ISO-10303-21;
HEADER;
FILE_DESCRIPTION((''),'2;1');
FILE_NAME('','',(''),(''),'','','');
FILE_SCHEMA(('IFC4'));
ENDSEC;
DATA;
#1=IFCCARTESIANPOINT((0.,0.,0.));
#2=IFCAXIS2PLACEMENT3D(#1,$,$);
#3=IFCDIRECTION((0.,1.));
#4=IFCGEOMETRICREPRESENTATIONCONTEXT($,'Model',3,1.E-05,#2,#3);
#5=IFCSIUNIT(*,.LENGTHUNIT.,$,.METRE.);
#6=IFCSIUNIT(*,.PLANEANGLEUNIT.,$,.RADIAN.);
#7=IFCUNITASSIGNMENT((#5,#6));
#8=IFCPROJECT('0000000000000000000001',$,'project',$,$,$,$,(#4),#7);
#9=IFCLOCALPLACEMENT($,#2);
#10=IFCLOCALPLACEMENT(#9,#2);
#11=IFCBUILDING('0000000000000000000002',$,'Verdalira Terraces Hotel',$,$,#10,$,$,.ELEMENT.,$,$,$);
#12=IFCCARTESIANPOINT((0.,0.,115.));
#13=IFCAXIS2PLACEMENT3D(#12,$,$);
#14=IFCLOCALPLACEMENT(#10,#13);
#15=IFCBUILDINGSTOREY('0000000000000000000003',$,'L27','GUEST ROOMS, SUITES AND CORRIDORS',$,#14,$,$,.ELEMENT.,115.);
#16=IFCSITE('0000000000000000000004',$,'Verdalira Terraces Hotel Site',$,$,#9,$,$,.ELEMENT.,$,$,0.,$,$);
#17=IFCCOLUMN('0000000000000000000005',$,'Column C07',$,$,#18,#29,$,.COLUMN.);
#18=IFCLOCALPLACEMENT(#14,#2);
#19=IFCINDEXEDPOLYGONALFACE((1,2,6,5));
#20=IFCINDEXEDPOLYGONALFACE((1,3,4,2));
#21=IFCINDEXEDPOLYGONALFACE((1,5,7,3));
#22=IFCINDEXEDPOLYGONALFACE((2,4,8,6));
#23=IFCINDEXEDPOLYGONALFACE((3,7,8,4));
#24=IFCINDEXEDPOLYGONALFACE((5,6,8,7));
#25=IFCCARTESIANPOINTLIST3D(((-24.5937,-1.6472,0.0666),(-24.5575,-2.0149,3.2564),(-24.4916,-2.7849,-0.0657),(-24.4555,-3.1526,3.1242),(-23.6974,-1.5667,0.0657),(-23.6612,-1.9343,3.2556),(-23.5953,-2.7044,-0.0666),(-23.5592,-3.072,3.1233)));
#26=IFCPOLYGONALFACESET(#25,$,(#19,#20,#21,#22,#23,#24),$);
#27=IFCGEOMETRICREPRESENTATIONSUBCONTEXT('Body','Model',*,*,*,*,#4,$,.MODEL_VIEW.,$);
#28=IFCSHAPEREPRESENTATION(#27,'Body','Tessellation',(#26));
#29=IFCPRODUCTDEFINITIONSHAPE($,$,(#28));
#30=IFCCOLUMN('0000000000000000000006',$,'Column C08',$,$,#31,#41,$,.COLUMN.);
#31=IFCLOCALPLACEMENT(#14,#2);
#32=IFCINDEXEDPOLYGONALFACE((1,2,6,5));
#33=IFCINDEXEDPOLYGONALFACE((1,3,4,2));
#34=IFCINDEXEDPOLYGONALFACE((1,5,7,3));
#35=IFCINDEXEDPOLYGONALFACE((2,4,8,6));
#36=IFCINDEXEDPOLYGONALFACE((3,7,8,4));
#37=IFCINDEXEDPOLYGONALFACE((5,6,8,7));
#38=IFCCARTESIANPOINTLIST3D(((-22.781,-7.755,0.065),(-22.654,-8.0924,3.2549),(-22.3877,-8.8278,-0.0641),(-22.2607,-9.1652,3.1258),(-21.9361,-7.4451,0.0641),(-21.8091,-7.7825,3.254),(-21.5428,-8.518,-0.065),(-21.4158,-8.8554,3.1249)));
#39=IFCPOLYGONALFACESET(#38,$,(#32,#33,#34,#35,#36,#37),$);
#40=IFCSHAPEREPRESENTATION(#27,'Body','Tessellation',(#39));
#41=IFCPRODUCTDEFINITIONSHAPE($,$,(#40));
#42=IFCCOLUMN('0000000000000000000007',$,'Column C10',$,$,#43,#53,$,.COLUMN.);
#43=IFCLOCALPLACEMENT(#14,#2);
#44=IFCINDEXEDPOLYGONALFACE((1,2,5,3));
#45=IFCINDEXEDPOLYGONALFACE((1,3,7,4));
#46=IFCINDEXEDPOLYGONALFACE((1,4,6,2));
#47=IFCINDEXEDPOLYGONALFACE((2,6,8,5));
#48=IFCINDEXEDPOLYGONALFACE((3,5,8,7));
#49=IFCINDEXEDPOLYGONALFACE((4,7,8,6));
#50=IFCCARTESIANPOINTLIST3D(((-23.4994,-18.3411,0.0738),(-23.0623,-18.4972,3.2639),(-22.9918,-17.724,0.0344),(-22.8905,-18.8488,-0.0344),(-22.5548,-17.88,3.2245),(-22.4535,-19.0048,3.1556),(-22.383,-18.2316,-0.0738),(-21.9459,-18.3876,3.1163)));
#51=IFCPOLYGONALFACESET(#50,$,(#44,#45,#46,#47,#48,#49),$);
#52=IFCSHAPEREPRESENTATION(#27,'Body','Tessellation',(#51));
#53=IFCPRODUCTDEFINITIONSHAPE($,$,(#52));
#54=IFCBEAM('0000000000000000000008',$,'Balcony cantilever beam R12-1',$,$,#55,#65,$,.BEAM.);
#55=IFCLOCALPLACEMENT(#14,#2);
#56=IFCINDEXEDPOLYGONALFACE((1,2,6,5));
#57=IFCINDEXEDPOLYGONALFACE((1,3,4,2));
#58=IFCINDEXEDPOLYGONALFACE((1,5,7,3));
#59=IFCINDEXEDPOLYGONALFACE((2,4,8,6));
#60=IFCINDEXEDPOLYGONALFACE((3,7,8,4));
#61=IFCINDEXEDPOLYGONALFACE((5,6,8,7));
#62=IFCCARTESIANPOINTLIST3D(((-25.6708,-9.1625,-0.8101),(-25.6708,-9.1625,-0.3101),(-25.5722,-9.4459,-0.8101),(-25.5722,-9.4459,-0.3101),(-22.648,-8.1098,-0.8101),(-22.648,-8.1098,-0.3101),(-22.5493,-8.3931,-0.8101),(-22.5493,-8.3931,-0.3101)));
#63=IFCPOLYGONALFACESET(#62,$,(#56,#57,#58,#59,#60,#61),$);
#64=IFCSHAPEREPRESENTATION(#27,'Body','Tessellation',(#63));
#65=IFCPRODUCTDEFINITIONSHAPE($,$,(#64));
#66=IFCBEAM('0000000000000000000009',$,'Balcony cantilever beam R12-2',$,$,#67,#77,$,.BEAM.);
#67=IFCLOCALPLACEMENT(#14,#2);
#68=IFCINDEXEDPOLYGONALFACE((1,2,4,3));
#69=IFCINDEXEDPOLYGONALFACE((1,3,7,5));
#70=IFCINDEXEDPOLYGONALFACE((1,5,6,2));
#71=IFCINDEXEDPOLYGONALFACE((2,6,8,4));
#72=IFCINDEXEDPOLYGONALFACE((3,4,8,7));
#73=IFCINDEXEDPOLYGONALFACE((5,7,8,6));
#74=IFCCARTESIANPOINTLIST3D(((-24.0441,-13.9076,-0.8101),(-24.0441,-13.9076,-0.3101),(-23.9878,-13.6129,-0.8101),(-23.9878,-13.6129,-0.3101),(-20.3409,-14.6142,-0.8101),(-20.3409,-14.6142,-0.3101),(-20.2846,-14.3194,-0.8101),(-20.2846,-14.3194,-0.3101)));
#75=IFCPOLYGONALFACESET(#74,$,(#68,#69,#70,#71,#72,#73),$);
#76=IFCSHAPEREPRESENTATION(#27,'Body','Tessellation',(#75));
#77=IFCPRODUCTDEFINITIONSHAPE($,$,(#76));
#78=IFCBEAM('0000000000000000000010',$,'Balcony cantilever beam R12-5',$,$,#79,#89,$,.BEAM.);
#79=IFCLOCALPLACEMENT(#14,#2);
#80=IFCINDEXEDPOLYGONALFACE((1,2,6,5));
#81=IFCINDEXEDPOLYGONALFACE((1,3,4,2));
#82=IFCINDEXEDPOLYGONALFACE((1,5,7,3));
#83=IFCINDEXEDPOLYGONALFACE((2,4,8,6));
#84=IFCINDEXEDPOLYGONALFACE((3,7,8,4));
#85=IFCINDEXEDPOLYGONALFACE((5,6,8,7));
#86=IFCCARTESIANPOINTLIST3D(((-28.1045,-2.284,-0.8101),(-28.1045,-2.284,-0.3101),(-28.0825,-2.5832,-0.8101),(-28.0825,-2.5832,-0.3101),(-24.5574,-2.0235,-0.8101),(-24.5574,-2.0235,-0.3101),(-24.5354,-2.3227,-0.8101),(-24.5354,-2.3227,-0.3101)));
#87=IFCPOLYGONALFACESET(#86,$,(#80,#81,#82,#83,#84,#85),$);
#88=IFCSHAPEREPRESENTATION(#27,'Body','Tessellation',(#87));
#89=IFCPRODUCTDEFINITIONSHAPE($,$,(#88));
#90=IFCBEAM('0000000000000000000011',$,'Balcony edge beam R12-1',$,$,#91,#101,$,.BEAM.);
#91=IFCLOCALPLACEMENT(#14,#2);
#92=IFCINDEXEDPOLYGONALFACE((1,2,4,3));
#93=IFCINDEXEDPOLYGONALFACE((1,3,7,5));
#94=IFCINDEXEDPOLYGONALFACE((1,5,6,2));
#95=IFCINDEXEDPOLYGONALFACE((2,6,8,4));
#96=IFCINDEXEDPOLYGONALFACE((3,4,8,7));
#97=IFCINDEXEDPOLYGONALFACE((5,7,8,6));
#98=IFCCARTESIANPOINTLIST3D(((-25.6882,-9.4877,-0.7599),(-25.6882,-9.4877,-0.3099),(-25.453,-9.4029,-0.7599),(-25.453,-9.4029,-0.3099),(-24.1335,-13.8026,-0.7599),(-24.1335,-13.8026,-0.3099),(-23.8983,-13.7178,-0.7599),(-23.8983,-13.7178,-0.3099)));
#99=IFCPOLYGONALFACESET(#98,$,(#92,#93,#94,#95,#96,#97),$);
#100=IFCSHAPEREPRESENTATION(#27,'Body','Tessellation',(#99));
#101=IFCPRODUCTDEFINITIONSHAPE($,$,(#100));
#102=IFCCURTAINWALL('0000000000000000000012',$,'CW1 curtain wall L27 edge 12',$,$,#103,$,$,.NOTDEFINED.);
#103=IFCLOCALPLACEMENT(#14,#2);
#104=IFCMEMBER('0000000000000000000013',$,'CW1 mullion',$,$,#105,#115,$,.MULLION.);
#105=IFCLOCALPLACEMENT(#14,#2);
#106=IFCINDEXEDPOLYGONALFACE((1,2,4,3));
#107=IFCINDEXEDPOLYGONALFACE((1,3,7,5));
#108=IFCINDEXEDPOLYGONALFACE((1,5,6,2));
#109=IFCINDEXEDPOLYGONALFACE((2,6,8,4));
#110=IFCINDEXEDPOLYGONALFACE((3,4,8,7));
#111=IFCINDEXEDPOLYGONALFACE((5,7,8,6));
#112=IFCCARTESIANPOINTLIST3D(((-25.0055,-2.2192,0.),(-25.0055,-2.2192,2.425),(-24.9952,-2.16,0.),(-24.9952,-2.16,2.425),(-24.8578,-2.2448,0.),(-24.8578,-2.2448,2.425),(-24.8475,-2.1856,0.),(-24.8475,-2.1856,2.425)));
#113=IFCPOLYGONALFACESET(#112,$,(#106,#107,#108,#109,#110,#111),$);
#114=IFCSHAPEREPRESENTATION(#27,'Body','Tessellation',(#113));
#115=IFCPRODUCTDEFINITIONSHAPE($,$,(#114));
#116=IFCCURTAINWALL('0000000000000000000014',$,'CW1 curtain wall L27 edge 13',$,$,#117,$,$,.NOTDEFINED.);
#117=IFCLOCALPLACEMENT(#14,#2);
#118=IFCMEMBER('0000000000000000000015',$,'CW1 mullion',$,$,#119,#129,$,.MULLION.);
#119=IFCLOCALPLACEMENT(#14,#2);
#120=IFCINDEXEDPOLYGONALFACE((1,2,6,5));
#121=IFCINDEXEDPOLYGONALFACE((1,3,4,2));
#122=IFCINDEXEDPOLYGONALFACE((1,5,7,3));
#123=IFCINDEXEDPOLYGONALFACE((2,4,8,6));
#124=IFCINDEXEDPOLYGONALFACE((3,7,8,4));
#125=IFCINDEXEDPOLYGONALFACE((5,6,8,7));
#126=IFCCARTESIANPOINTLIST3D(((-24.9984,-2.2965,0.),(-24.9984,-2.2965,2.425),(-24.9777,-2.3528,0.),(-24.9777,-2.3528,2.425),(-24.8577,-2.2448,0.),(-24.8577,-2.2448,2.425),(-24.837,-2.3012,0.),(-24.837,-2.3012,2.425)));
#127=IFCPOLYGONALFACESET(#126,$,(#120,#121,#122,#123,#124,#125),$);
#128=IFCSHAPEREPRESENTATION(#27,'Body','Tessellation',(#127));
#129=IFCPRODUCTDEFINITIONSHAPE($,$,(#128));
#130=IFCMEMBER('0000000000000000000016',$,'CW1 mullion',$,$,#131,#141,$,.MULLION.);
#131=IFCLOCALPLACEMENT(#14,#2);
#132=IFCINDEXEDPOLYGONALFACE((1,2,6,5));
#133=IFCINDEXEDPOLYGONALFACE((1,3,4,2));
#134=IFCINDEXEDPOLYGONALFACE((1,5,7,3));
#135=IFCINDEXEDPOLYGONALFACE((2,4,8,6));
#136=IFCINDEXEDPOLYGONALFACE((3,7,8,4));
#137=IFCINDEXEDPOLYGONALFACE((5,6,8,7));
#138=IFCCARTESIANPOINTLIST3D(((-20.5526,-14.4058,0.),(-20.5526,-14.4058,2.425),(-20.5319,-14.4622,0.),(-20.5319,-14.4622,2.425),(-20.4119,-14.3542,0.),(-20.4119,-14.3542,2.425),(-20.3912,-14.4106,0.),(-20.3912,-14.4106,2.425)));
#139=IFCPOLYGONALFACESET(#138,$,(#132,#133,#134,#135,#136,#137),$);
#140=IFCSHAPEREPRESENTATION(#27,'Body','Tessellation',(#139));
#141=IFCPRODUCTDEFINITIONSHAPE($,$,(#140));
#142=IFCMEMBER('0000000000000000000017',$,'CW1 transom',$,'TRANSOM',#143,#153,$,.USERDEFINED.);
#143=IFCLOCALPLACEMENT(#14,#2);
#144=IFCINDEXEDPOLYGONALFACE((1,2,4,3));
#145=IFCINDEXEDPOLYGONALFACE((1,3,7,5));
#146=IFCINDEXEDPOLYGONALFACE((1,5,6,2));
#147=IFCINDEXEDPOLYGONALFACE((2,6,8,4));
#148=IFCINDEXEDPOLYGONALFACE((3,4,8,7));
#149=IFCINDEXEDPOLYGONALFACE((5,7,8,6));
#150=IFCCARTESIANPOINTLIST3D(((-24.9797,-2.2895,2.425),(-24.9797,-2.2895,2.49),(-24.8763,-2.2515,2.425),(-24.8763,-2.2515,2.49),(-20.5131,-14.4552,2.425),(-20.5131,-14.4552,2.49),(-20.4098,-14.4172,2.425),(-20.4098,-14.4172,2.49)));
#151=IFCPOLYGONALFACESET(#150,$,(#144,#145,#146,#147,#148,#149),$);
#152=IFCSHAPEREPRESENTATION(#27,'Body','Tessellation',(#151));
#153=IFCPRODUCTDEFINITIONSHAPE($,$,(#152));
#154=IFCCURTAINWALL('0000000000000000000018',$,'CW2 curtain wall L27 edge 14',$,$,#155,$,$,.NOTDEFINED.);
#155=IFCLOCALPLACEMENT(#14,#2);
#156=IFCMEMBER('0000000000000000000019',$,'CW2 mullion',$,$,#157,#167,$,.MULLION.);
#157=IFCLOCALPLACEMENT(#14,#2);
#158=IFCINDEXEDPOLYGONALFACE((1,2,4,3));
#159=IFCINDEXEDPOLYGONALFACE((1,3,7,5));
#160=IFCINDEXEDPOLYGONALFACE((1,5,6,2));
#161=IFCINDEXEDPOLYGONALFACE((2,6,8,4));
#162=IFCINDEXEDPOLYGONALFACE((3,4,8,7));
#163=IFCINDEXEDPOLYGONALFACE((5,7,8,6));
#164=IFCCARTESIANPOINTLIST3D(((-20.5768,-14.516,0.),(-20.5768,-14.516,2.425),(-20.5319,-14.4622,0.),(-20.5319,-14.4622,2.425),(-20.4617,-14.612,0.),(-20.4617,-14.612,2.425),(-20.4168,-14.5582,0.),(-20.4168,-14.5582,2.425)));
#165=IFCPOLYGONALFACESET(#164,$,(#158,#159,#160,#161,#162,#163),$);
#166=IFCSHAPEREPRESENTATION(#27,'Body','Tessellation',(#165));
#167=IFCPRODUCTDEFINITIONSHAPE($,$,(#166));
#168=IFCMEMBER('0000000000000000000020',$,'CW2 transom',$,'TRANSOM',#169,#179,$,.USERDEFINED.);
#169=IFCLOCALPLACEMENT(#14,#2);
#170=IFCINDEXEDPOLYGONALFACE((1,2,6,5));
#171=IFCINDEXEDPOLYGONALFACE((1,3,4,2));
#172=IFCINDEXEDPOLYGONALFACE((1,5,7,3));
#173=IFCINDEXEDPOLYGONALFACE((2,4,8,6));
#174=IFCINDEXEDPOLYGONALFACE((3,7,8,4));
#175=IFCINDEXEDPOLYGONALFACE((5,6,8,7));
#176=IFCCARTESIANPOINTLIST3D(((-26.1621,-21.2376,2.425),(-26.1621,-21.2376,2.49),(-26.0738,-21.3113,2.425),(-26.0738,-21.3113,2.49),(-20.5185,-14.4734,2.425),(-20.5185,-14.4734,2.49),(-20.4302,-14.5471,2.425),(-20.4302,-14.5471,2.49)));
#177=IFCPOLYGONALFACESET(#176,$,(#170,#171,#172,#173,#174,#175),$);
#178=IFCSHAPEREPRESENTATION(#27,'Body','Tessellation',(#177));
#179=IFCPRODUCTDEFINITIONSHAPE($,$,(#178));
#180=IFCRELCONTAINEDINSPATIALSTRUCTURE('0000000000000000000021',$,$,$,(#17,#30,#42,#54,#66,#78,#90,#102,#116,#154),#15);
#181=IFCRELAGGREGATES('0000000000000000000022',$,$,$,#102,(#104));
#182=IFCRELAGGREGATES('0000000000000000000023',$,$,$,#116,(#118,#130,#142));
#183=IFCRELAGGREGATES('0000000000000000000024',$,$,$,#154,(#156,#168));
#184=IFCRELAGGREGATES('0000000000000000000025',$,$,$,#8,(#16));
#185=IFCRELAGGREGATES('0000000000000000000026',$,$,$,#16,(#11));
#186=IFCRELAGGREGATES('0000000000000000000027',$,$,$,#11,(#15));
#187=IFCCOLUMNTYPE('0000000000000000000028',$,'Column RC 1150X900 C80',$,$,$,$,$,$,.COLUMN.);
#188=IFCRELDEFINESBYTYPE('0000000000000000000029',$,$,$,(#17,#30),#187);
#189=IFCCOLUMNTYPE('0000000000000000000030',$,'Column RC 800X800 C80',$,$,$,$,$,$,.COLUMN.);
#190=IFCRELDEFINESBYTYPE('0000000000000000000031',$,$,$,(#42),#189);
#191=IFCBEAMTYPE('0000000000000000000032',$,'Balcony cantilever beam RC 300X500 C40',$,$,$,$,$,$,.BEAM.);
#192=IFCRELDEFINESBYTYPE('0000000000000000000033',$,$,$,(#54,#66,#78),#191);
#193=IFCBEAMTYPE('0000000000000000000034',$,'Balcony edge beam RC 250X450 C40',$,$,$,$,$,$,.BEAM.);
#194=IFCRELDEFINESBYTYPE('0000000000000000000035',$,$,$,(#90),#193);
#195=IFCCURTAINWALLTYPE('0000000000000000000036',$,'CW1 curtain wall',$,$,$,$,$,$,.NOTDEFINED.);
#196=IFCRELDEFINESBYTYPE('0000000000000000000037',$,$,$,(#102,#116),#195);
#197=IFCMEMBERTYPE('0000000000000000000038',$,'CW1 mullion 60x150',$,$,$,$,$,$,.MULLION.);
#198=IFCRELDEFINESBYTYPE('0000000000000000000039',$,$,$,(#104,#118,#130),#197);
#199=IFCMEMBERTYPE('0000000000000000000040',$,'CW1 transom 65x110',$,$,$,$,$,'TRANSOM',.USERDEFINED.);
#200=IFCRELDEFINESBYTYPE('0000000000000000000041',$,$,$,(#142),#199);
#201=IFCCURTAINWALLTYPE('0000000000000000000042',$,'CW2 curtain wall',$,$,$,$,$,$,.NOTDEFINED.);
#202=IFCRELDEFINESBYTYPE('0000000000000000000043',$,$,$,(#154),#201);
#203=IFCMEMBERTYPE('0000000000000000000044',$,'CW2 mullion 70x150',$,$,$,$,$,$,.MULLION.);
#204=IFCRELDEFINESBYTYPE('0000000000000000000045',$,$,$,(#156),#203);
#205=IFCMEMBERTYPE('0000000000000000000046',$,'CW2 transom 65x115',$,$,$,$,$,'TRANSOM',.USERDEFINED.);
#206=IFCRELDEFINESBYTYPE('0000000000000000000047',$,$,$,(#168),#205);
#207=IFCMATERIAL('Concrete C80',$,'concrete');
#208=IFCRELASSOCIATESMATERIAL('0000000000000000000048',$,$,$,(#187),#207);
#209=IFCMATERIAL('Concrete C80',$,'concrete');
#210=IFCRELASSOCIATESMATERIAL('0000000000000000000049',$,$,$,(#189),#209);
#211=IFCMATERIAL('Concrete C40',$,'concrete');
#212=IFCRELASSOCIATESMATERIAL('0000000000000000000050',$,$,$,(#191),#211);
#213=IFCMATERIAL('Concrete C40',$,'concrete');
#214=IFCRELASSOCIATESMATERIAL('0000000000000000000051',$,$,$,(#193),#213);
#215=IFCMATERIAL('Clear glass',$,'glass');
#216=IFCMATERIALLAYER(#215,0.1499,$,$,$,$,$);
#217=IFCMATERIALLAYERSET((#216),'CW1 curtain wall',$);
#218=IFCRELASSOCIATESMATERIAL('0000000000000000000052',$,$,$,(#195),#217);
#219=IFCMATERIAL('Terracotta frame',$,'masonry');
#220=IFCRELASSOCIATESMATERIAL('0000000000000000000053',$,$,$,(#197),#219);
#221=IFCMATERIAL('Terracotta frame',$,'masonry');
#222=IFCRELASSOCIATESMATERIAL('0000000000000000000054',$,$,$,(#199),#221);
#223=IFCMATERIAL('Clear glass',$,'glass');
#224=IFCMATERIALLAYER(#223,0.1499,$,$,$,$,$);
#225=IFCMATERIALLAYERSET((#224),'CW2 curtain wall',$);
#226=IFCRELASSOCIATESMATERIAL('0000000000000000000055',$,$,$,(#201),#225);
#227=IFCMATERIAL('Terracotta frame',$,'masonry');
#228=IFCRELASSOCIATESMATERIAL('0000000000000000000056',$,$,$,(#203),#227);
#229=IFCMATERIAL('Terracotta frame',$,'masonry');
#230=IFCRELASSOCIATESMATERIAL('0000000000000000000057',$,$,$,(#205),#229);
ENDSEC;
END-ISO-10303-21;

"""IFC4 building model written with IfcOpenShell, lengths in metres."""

from ifc_helpers import new_model, si_unit, direction, frame, origin, origin_2d, place, context, subcontext, project, spatial, rectangle, extrude, material, layer, layer_set, material_profile, profile_set, type_object, element, aggregate, save


model = new_model("IFC4")

# Units and contexts
model_context = context("Model", 3, precision=1e-05, world=origin(), true_north=direction((0.0, 1.0)))
body_context = subcontext(model_context, "Body", "Model", "MODEL_VIEW")
ifc_project = project(units=[si_unit("LENGTHUNIT", "METRE"), si_unit("PLANEANGLEUNIT", "RADIAN")], contexts=[model_context])

# Site, building, storey
site_placement = place(None, origin())
site = spatial("IfcSite", under=ifc_project, at=site_placement, Name="Verdalira Terraces Hotel Site", CompositionType="ELEMENT", RefElevation=0.0)
building_placement = place(site_placement, origin())
building = spatial("IfcBuilding", under=site, at=building_placement, Name="Verdalira Terraces Hotel", CompositionType="ELEMENT")
storey_placement = place(building_placement, frame((0.0, 0.0, 115.0)))
storey = spatial("IfcBuildingStorey", under=building, at=storey_placement, Name="L27", Description="GUEST ROOMS, SUITES AND CORRIDORS", CompositionType="ELEMENT", Elevation=115.0)

# Columns
ifc_material_1 = material(Name="Concrete C80", Category="concrete")
ifc_material_profile_1 = material_profile(ifc_material_1, rectangle(XDim=1.1499, YDim=0.8999, at=origin_2d()), Name="RC 1150X900")
ifc_profile_set_1 = profile_set([ifc_material_profile_1], Name="Concrete C80")
column_type_1 = type_object("IfcColumnType", Name="Column RC 1150X900 C80", PredefinedType="COLUMN", material=ifc_profile_set_1)
column_1_placement = place(storey_placement, frame((-24.0945, -2.1758, 0.0), z_axis=(0.011252, -0.114496, 0.99336), x_axis=(-0.088757, 0.989387, 0.115043)))
element("IfcColumn", 1, at=column_1_placement, inside=storey, type_object=column_type_1, Name="Column C07", PredefinedType="COLUMN", context=body_context, shape_type="SweptSolid", body=[
    extrude(rectangle(XDim=1.1499, YDim=0.8999, at=origin_2d()), origin(), (0.0, 0.0, 1.0), 3.2112),
])
column_2_placement = place(storey_placement, frame((-22.1619, -8.1365, 0.0), z_axis=(0.039546, -0.105102, 0.993675), x_axis=(0.342031, -0.932955, -0.112291)))
element("IfcColumn", 2, at=column_2_placement, inside=storey, type_object=column_type_1, Name="Column C08", PredefinedType="COLUMN", context=body_context, shape_type="SweptSolid", body=[
    extrude(rectangle(XDim=1.1499, YDim=0.8999, at=origin_2d()), origin(), (0.0, 0.0, 1.0), 3.2102),
])
ifc_material_2 = material(Name="Concrete C80", Category="concrete")
ifc_material_profile_2 = material_profile(ifc_material_2, rectangle(XDim=0.8, YDim=0.8, at=origin_2d()), Name="RC 800X800")
ifc_profile_set_2 = profile_set([ifc_material_profile_2], Name="Concrete C80")
column_type_2 = type_object("IfcColumnType", Name="Column RC 800X800 C80", PredefinedType="COLUMN", material=ifc_profile_set_2)
column_3_placement = place(storey_placement, frame((-22.9412, -18.2864, 0.0), z_axis=(0.13557, -0.048396, 0.989585), x_axis=(-0.634433, -0.771411, 0.049189)))
element("IfcColumn", 3, at=column_3_placement, inside=storey, type_object=column_type_2, Name="Column C10", PredefinedType="COLUMN", context=body_context, shape_type="SweptSolid", body=[
    extrude(rectangle(XDim=0.8, YDim=0.8, at=origin_2d()), origin(), (0.0, 0.0, 1.0), 3.2236),
])

# Beams
ifc_material_3 = material(Name="Concrete C40", Category="concrete")
ifc_material_profile_3 = material_profile(ifc_material_3, rectangle(XDim=0.3, YDim=0.5, at=origin_2d()), Name="RC 300X500")
ifc_profile_set_3 = profile_set([ifc_material_profile_3], Name="Concrete C40")
beam_type_1 = type_object("IfcBeamType", Name="Balcony cantilever beam RC 300X500 C40", PredefinedType="BEAM", material=ifc_profile_set_3)
beam_1_placement = place(storey_placement, frame((-22.5986, -8.2515, -0.5601), z_axis=(-0.944373, -0.328876, 0.0), x_axis=(0.328876, -0.944373, 0.0)))
element("IfcBeam", 4, at=beam_1_placement, inside=storey, type_object=beam_type_1, Name="Balcony cantilever beam R12-1", PredefinedType="BEAM", context=body_context, shape_type="SweptSolid", body=[
    extrude(rectangle(XDim=0.3, YDim=0.5, at=origin_2d()), origin(), (0.0, 0.0, 1.0), 3.2009),
])
beam_2_placement = place(storey_placement, frame((-20.3127, -14.4668, -0.5601), z_axis=(-0.982281, 0.187416, 0.0), x_axis=(-0.187416, -0.982281, 0.0)))
element("IfcBeam", 5, at=beam_2_placement, inside=storey, type_object=beam_type_1, Name="Balcony cantilever beam R12-2", PredefinedType="BEAM", context=body_context, shape_type="SweptSolid", body=[
    extrude(rectangle(XDim=0.3, YDim=0.5, at=origin_2d()), origin(), (0.0, 0.0, 1.0), 3.77),
])
beam_3_placement = place(storey_placement, frame((-24.5464, -2.1731, -0.5601), z_axis=(-0.997314, -0.073242, 0.0), x_axis=(0.073242, -0.997314, 0.0)))
element("IfcBeam", 6, at=beam_3_placement, inside=storey, type_object=beam_type_1, Name="Balcony cantilever beam R12-5", PredefinedType="BEAM", context=body_context, shape_type="SweptSolid", body=[
    extrude(rectangle(XDim=0.3, YDim=0.5, at=origin_2d()), origin(), (0.0, 0.0, 1.0), 3.5566),
])
ifc_material_4 = material(Name="Concrete C40", Category="concrete")
ifc_material_profile_4 = material_profile(ifc_material_4, rectangle(XDim=0.25, YDim=0.45, at=origin_2d()), Name="RC 250X450")
ifc_profile_set_4 = profile_set([ifc_material_profile_4], Name="Concrete C40")
beam_type_2 = type_object("IfcBeamType", Name="Balcony edge beam RC 250X450 C40", PredefinedType="BEAM", material=ifc_profile_set_4)
beam_4_placement = place(storey_placement, frame((-25.5706, -9.4453, -0.5349), z_axis=(0.338972, -0.940796, 0.0), x_axis=(0.940796, 0.338972, 0.0)))
element("IfcBeam", 7, at=beam_4_placement, inside=storey, type_object=beam_type_2, Name="Balcony edge beam R12-1", PredefinedType="BEAM", context=body_context, shape_type="SweptSolid", body=[
    extrude(rectangle(XDim=0.25, YDim=0.45, at=origin_2d()), origin(), (0.0, 0.0, 1.0), 4.5864),
])

# Curtain wall, member
ifc_material_5 = material(Name="Clear glass", Category="glass")
ifc_layer_1 = layer(ifc_material_5, 0.1499)
ifc_layer_set_1 = layer_set([ifc_layer_1], Name="CW1 curtain wall")
curtain_wall_type_1 = type_object("IfcCurtainWallType", Name="CW1 curtain wall", PredefinedType="NOTDEFINED", material=ifc_layer_set_1)
curtain_wall_1_placement = place(storey_placement, origin())
curtain_wall_1 = element("IfcCurtainWall", 8, at=curtain_wall_1_placement, inside=storey, type_object=curtain_wall_type_1, Name="CW1 curtain wall L27 edge 12", PredefinedType="NOTDEFINED")
ifc_material_6 = material(Name="Terracotta frame", Category="masonry")
ifc_material_profile_5 = material_profile(ifc_material_6, rectangle(XDim=0.0601, YDim=0.1499, at=origin_2d()), Name="MU 60x150")
ifc_profile_set_5 = profile_set([ifc_material_profile_5], Name="Terracotta frame")
member_type_1 = type_object("IfcMemberType", Name="CW1 mullion 60x150", PredefinedType="MULLION", material=ifc_profile_set_5)
member_1_placement = place(storey_placement, frame((-24.9265, -2.2024, 0.0), z_axis=(0.0, 0.0, 1.0), x_axis=(-0.170897, -0.985289, 0.0)))
member_1 = element("IfcMember", 9, at=member_1_placement, type_object=member_type_1, Name="CW1 mullion", PredefinedType="MULLION", context=body_context, shape_type="SweptSolid", body=[
    extrude(rectangle(XDim=0.0601, YDim=0.1499, at=origin_2d()), origin(), (0.0, 0.0, 1.0), 2.425),
])
aggregate(curtain_wall_1, [member_1])

# Curtain walls, members
curtain_wall_2_placement = place(storey_placement, origin())
curtain_wall_2 = element("IfcCurtainWall", 10, at=curtain_wall_2_placement, inside=storey, type_object=curtain_wall_type_1, Name="CW1 curtain wall L27 edge 13", PredefinedType="NOTDEFINED")
member_2_placement = place(storey_placement, frame((-24.9177, -2.2988, 0.0), z_axis=(0.0, 0.0, 1.0), x_axis=(0.344643, -0.938734, 0.0)))
member_2 = element("IfcMember", 11, at=member_2_placement, type_object=member_type_1, Name="CW1 mullion", PredefinedType="MULLION", context=body_context, shape_type="SweptSolid", body=[
    extrude(rectangle(XDim=0.0601, YDim=0.1499, at=origin_2d()), origin(), (0.0, 0.0, 1.0), 2.425),
])
member_3_placement = place(storey_placement, frame((-20.4719, -14.4082, 0.0), z_axis=(0.0, 0.0, 1.0), x_axis=(0.344643, -0.938734, 0.0)))
member_3 = element("IfcMember", 12, at=member_3_placement, type_object=member_type_1, Name="CW1 mullion", PredefinedType="MULLION", context=body_context, shape_type="SweptSolid", body=[
    extrude(rectangle(XDim=0.0601, YDim=0.1499, at=origin_2d()), origin(), (0.0, 0.0, 1.0), 2.425),
])
ifc_material_7 = material(Name="Terracotta frame", Category="masonry")
ifc_material_profile_6 = material_profile(ifc_material_7, rectangle(XDim=0.1101, YDim=0.0649, at=origin_2d()), Name="TR 65x110")
ifc_profile_set_6 = profile_set([ifc_material_profile_6], Name="Terracotta frame")
member_type_2 = type_object("IfcMemberType", Name="CW1 transom 65x110", ElementType="TRANSOM", PredefinedType="USERDEFINED", material=ifc_profile_set_6)
member_4_placement = place(storey_placement, frame((-24.928, -2.2705, 2.4575), z_axis=(0.344647, -0.938732, 0.0), x_axis=(0.938732, 0.344647, 0.0)))
member_4 = element("IfcMember", 13, at=member_4_placement, type_object=member_type_2, Name="CW1 transom", ObjectType="TRANSOM", PredefinedType="USERDEFINED", context=body_context, shape_type="SweptSolid", body=[
    extrude(rectangle(XDim=0.1101, YDim=0.0649, at=origin_2d()), origin(), (0.0, 0.0, 1.0), 12.9597),
])
ifc_material_8 = material(Name="Clear glass", Category="glass")
ifc_layer_2 = layer(ifc_material_8, 0.1499)
ifc_layer_set_2 = layer_set([ifc_layer_2], Name="CW2 curtain wall")
curtain_wall_type_2 = type_object("IfcCurtainWallType", Name="CW2 curtain wall", PredefinedType="NOTDEFINED", material=ifc_layer_set_2)
curtain_wall_3_placement = place(storey_placement, origin())
curtain_wall_3 = element("IfcCurtainWall", 14, at=curtain_wall_3_placement, inside=storey, type_object=curtain_wall_type_2, Name="CW2 curtain wall L27 edge 14", PredefinedType="NOTDEFINED")
ifc_material_9 = material(Name="Terracotta frame", Category="masonry")
ifc_material_profile_7 = material_profile(ifc_material_9, rectangle(XDim=0.0701, YDim=0.1499, at=origin_2d()), Name="MU 70x150")
ifc_profile_set_7 = profile_set([ifc_material_profile_7], Name="Terracotta frame")
member_type_3 = type_object("IfcMemberType", Name="CW2 mullion 70x150", PredefinedType="MULLION", material=ifc_profile_set_7)
member_5_placement = place(storey_placement, frame((-20.4968, -14.5371, 0.0), z_axis=(0.0, 0.0, 1.0), x_axis=(-0.640646, -0.767836, 0.0)))
member_5 = element("IfcMember", 15, at=member_5_placement, type_object=member_type_3, Name="CW2 mullion", PredefinedType="MULLION", context=body_context, shape_type="SweptSolid", body=[
    extrude(rectangle(XDim=0.0701, YDim=0.1499, at=origin_2d()), origin(), (0.0, 0.0, 1.0), 2.425),
])
ifc_material_10 = material(Name="Terracotta frame", Category="masonry")
ifc_material_profile_8 = material_profile(ifc_material_10, rectangle(XDim=0.115, YDim=0.0649, at=origin_2d()), Name="TR 65x115")
ifc_profile_set_8 = profile_set([ifc_material_profile_8], Name="Terracotta frame")
member_type_4 = type_object("IfcMemberType", Name="CW2 transom 65x115", ElementType="TRANSOM", PredefinedType="USERDEFINED", material=ifc_profile_set_8)
member_6_placement = place(storey_placement, frame((-20.4744, -14.5103, 2.4575), z_axis=(-0.640637, -0.767844, 0.0), x_axis=(0.767844, -0.640637, 0.0)))
member_6 = element("IfcMember", 16, at=member_6_placement, type_object=member_type_4, Name="CW2 transom", ObjectType="TRANSOM", PredefinedType="USERDEFINED", context=body_context, shape_type="SweptSolid", body=[
    extrude(rectangle(XDim=0.115, YDim=0.0649, at=origin_2d()), origin(), (0.0, 0.0, 1.0), 8.8093),
])

aggregate(curtain_wall_2, [member_2, member_3, member_4])
aggregate(curtain_wall_3, [member_5, member_6])

save(model, "model.ifc")
